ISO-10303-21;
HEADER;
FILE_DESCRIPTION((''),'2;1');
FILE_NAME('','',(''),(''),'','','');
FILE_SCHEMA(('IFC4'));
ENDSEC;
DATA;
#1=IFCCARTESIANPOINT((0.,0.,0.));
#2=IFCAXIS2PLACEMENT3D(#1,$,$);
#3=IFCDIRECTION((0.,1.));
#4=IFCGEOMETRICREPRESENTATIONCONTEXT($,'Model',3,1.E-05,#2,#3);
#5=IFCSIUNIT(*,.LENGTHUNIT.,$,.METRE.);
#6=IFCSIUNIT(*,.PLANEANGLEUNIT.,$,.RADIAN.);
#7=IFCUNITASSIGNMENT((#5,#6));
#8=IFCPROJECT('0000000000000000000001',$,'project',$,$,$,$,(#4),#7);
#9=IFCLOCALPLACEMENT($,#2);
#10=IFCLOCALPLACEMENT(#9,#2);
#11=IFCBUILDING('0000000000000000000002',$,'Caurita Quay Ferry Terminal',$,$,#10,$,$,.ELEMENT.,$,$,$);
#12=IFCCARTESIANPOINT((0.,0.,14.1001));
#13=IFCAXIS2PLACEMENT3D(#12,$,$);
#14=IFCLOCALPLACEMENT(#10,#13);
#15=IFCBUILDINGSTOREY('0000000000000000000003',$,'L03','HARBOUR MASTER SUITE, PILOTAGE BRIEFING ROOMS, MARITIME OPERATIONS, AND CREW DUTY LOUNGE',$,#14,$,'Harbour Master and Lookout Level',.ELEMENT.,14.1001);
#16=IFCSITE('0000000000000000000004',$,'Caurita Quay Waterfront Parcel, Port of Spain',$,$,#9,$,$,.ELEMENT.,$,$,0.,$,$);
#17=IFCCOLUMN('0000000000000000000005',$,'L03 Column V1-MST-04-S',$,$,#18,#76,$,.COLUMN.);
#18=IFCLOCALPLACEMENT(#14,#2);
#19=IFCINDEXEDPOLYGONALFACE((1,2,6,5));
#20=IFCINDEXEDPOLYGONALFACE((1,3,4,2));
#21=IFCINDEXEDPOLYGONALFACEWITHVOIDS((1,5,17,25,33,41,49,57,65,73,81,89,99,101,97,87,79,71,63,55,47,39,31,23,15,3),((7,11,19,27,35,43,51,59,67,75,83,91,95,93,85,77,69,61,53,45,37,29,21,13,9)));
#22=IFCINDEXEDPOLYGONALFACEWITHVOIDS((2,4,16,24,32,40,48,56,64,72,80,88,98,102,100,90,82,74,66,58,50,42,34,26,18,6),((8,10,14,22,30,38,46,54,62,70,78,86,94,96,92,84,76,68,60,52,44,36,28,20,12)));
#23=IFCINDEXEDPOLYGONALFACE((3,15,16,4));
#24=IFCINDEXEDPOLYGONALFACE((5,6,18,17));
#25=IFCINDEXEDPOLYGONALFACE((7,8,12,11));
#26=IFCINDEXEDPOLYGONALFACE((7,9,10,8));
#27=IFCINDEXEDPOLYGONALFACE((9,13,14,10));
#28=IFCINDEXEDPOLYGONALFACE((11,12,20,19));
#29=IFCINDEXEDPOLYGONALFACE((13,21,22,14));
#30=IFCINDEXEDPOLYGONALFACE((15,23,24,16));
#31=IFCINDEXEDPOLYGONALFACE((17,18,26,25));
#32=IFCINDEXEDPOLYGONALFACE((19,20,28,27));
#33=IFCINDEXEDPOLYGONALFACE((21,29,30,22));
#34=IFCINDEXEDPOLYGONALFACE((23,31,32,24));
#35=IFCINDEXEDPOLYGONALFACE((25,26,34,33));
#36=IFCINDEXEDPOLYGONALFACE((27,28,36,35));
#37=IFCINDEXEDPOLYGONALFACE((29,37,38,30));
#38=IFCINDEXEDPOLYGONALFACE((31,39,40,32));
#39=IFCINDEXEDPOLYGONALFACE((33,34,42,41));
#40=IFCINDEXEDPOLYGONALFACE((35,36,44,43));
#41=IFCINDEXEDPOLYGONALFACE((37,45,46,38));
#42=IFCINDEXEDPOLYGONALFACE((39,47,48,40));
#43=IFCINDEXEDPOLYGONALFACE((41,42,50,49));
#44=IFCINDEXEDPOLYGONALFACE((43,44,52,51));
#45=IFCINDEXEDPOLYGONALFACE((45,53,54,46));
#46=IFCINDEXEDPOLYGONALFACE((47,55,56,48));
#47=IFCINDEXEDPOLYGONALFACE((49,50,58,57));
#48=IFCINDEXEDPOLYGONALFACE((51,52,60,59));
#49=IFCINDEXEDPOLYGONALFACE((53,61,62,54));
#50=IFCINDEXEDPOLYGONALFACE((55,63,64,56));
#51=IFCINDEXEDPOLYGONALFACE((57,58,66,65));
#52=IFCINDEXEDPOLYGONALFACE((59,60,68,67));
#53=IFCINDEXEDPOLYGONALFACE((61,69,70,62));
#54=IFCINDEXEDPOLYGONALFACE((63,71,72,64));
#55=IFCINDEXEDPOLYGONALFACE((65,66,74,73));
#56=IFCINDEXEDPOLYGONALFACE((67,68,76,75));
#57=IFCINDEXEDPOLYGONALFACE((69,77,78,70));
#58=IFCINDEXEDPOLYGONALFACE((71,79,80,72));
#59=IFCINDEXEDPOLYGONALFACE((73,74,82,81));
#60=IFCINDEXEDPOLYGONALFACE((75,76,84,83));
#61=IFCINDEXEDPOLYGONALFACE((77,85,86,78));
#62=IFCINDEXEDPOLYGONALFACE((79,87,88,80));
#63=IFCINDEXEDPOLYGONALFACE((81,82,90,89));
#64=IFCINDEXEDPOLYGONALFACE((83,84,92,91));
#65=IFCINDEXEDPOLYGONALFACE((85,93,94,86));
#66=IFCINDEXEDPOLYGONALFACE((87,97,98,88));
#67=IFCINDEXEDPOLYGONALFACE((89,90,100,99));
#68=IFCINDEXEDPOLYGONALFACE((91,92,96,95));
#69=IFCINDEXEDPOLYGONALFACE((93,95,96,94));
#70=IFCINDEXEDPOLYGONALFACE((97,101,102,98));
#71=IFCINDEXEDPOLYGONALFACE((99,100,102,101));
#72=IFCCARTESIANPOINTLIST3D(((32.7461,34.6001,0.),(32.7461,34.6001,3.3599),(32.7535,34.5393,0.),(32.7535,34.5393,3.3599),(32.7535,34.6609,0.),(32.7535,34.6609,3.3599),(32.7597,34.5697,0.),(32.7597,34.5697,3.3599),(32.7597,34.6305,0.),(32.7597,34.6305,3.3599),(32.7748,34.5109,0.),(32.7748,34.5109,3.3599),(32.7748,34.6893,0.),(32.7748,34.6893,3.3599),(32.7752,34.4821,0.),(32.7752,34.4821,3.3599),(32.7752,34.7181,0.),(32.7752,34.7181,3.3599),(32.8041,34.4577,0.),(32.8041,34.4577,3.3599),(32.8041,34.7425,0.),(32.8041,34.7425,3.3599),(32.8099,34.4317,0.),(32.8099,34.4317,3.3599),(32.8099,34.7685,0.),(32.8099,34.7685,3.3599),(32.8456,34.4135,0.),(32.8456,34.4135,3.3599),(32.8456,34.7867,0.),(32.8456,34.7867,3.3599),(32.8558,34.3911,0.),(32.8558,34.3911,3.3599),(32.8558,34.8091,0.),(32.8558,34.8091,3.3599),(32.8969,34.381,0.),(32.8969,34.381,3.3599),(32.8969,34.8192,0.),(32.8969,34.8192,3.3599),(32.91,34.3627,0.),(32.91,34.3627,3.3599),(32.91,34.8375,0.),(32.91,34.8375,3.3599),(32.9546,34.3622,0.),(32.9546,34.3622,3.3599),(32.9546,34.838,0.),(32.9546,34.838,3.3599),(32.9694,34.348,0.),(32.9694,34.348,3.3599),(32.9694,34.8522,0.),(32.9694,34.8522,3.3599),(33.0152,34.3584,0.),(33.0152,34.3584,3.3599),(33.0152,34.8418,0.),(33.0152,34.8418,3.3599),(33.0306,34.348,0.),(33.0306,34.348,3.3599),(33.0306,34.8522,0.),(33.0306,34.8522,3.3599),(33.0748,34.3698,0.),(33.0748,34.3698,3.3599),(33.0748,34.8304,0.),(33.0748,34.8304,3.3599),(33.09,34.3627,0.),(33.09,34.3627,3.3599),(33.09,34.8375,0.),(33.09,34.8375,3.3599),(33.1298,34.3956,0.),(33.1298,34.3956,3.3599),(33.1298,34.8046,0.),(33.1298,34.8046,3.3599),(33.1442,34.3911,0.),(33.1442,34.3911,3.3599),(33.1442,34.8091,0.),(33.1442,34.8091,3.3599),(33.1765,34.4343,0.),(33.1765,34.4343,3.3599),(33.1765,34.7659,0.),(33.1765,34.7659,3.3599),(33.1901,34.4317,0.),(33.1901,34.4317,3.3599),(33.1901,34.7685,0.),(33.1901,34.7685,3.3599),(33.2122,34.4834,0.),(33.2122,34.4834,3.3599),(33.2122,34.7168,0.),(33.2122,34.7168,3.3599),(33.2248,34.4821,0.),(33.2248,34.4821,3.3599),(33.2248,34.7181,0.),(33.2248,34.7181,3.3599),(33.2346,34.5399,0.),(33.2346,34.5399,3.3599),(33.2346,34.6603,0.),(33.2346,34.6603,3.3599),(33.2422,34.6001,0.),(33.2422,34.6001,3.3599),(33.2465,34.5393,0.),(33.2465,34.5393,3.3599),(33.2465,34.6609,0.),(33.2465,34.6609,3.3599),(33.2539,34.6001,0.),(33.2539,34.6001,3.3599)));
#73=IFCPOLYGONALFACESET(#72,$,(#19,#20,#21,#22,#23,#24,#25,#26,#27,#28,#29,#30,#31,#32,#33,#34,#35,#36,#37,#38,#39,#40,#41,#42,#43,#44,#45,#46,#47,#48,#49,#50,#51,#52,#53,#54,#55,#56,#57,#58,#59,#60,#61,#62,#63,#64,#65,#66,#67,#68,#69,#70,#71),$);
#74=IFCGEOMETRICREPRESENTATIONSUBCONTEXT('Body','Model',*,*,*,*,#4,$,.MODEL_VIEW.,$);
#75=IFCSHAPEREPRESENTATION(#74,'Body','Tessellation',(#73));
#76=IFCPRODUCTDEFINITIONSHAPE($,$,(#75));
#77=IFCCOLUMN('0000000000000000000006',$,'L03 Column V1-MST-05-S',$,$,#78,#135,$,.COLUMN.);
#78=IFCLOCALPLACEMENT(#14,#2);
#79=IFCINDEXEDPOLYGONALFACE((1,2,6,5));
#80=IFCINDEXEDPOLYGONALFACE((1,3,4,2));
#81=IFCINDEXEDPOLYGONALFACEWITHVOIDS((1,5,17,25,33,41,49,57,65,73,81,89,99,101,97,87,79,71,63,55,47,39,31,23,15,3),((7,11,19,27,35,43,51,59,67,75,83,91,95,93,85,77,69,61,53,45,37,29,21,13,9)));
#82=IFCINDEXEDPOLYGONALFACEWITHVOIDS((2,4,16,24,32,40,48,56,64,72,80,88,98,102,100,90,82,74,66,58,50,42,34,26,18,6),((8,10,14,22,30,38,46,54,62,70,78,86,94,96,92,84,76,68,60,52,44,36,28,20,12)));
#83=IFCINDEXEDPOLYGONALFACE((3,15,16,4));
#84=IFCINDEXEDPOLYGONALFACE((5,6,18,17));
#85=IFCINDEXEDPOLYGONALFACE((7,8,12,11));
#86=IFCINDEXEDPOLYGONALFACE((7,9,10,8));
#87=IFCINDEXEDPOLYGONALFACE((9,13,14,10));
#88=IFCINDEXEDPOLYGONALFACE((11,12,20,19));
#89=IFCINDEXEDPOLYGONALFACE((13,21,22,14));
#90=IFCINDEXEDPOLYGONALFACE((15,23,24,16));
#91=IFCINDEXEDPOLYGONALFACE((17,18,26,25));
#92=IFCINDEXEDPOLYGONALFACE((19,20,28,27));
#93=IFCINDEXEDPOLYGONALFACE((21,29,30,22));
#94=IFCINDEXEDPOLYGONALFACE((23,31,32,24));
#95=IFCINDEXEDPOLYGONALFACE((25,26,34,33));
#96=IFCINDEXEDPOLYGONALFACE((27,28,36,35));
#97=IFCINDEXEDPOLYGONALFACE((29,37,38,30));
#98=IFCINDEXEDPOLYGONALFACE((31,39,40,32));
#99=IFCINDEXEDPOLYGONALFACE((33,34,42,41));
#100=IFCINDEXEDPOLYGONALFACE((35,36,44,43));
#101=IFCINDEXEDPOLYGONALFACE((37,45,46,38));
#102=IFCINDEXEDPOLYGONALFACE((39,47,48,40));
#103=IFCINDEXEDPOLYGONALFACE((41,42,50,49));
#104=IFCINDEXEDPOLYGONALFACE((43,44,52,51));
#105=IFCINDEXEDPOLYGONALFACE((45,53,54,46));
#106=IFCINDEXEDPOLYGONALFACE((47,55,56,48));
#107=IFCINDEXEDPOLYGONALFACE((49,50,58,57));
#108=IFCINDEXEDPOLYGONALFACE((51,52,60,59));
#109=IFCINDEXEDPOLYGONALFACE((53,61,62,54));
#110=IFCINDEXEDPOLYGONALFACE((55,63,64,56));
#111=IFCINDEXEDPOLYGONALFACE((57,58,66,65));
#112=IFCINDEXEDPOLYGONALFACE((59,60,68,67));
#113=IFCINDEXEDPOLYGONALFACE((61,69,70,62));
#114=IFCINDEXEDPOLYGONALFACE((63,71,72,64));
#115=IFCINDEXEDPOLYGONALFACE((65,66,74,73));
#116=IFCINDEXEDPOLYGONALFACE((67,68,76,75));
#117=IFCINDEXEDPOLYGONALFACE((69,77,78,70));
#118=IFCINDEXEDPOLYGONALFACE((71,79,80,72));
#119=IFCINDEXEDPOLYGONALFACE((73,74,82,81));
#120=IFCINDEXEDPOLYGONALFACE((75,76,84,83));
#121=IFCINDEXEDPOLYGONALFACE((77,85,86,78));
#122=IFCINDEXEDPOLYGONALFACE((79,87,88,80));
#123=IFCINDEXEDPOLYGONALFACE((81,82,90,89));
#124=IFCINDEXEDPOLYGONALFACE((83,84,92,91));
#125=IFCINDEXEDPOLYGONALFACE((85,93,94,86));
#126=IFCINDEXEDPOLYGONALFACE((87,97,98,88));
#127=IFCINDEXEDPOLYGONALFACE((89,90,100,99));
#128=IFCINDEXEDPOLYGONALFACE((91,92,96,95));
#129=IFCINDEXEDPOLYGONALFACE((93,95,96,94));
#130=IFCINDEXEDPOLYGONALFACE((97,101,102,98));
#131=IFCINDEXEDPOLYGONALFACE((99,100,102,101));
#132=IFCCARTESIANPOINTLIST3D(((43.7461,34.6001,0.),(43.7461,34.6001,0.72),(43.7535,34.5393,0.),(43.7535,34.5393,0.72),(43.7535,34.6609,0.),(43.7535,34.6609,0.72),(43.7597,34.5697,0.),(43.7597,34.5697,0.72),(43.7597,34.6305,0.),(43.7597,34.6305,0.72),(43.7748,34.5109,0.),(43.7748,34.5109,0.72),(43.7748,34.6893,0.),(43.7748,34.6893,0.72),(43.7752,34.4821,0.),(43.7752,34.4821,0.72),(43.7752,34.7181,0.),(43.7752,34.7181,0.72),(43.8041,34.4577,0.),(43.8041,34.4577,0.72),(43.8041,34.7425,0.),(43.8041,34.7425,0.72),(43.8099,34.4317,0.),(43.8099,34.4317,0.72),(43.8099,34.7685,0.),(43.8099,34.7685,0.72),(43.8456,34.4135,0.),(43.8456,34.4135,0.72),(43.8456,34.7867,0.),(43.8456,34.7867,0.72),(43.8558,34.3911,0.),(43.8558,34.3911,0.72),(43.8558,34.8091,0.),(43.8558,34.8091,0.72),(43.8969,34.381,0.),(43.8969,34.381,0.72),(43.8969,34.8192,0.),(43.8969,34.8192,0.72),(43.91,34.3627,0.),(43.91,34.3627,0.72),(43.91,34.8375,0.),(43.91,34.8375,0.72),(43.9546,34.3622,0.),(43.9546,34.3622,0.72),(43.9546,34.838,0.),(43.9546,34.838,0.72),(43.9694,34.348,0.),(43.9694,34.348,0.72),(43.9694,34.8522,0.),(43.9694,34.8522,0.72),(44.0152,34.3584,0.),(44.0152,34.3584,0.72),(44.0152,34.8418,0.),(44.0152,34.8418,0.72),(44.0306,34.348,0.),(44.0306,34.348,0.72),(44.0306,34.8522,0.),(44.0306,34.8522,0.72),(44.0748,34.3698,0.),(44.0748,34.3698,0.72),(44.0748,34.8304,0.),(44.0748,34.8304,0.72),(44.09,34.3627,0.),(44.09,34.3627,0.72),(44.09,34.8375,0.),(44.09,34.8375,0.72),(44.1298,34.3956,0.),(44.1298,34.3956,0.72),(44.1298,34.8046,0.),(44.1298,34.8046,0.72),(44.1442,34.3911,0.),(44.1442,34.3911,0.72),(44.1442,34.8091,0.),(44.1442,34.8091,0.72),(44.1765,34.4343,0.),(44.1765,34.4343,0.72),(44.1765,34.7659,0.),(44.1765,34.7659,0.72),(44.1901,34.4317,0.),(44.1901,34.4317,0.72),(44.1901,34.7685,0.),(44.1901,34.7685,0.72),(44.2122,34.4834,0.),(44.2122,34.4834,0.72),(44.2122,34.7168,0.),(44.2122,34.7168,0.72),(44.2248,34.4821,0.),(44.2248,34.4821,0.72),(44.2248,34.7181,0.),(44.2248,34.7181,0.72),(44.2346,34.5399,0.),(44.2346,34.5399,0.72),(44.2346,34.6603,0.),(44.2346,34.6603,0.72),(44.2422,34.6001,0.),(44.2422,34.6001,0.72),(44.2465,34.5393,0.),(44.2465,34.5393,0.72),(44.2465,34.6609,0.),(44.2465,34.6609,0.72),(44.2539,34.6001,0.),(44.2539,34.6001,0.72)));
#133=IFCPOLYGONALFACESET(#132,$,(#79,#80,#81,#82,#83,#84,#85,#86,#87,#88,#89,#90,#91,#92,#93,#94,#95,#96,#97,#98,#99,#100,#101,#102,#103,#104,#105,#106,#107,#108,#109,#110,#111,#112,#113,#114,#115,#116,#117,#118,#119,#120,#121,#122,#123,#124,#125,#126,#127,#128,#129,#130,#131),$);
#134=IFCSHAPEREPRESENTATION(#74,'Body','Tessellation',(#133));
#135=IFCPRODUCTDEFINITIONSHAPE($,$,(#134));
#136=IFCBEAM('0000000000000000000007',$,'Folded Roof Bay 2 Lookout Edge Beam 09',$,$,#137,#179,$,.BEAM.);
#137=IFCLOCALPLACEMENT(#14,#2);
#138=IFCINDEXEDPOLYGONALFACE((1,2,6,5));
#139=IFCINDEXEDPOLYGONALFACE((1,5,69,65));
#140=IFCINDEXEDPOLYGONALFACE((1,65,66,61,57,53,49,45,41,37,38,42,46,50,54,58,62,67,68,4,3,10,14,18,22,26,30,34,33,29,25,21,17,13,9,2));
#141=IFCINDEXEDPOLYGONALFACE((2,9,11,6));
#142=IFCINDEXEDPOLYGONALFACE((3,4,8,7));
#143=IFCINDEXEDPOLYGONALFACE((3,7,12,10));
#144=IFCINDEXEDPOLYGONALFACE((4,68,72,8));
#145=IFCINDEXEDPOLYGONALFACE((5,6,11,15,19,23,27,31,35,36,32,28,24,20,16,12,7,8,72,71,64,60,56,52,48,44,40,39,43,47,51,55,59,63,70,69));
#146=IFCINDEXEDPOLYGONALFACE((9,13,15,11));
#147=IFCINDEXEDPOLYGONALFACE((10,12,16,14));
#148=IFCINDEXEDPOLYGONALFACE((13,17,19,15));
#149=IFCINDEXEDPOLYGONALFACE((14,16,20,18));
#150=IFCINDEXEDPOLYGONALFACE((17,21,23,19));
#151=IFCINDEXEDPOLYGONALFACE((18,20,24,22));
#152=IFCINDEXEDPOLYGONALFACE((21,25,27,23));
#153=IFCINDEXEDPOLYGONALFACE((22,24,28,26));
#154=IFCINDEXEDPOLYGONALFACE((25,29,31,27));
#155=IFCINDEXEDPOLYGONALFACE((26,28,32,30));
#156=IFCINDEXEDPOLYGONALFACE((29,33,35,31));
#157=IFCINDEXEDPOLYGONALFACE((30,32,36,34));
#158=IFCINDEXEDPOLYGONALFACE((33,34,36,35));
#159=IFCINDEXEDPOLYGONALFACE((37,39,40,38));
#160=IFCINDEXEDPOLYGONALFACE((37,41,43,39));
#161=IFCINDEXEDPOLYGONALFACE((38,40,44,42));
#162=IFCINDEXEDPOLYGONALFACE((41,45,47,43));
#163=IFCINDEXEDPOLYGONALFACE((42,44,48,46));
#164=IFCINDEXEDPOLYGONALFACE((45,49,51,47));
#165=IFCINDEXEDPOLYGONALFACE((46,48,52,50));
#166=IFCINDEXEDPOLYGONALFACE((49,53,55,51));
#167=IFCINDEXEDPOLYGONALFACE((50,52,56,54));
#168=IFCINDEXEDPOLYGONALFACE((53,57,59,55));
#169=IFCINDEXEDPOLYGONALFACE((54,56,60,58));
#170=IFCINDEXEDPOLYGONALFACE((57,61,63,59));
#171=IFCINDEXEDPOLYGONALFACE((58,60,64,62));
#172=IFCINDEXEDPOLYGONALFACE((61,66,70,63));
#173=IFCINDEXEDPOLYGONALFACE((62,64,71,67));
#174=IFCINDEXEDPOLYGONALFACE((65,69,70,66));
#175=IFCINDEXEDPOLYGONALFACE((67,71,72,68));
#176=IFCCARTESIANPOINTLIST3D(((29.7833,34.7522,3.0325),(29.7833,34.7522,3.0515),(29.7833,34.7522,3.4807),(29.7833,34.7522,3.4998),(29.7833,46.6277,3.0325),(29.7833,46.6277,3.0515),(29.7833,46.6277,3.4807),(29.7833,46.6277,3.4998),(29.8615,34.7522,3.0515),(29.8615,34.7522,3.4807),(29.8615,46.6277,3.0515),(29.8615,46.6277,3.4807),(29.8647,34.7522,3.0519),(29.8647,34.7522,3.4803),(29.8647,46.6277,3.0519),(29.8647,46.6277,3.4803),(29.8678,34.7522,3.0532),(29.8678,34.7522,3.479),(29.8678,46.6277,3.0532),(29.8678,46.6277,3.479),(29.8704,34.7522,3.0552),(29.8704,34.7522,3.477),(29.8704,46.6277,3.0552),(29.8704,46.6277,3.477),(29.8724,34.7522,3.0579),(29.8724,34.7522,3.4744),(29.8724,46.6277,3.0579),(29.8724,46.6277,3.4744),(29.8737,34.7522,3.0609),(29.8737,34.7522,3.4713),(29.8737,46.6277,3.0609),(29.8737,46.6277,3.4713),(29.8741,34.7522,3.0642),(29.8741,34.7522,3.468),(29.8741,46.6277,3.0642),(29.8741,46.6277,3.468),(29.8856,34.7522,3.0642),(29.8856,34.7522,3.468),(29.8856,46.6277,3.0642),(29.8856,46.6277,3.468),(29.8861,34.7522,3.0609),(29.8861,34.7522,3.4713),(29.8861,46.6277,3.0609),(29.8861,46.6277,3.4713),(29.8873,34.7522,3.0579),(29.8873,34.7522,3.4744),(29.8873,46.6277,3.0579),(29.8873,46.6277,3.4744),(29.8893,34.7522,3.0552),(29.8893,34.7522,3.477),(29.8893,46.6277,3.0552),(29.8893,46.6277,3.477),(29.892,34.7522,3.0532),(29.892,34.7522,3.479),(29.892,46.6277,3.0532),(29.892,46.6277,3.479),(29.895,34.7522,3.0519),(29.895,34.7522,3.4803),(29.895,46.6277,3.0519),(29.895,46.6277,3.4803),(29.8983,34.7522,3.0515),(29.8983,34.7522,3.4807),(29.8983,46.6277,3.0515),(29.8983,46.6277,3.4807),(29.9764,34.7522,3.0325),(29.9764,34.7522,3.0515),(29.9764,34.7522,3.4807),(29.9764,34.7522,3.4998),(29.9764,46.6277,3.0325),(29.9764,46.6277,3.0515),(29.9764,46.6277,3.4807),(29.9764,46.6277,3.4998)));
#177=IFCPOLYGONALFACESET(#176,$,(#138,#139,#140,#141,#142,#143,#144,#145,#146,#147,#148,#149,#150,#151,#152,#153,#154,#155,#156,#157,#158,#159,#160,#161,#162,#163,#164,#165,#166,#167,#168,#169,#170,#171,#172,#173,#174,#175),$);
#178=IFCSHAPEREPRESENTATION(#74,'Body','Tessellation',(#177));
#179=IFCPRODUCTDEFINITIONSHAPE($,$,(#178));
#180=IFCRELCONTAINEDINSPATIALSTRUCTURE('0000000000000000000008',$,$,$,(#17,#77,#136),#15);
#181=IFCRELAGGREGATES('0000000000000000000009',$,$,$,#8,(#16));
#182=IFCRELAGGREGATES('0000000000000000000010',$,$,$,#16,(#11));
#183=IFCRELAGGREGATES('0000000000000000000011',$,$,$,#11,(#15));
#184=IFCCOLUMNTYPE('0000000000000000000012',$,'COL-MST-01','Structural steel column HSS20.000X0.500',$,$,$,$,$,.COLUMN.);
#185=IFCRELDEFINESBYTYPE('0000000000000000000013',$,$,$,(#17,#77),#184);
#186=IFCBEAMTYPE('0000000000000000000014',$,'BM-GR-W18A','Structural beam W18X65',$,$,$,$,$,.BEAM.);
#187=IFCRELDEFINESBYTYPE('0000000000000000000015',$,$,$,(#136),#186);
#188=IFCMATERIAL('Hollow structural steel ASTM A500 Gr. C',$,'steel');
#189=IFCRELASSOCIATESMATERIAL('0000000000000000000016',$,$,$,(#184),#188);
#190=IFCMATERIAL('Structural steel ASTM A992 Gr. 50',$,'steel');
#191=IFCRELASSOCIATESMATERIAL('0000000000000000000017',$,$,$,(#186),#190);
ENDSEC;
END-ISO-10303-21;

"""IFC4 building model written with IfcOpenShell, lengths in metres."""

from ifc_helpers import new_model, si_unit, direction, frame, origin, origin_2d, place, context, subcontext, project, spatial, hollow_circle, i_section, extrude, material, material_profile, profile_set, type_object, element, save


model = new_model("IFC4")

# Units and contexts
model_context = context("Model", 3, precision=1e-05, world=origin(), true_north=direction((0.0, 1.0)))
body_context = subcontext(model_context, "Body", "Model", "MODEL_VIEW")
ifc_project = project(units=[si_unit("LENGTHUNIT", "METRE"), si_unit("PLANEANGLEUNIT", "RADIAN")], contexts=[model_context])

# Site, building, storey
site_placement = place(None, origin())
site = spatial("IfcSite", under=ifc_project, at=site_placement, Name="Caurita Quay Waterfront Parcel, Port of Spain", CompositionType="ELEMENT", RefElevation=0.0)
building_placement = place(site_placement, origin())
building = spatial("IfcBuilding", under=site, at=building_placement, Name="Caurita Quay Ferry Terminal", CompositionType="ELEMENT")
storey_placement = place(building_placement, frame((0.0, 0.0, 14.1001)))
storey = spatial("IfcBuildingStorey", under=building, at=storey_placement, Name="L03", Description="HARBOUR MASTER SUITE, PILOTAGE BRIEFING ROOMS, MARITIME OPERATIONS, AND CREW DUTY LOUNGE", LongName="Harbour Master and Lookout Level", CompositionType="ELEMENT", Elevation=14.1001)

# Columns
ifc_material_1 = material(Name="Hollow structural steel ASTM A500 Gr. C", Category="steel")
ifc_material_profile_1 = material_profile(ifc_material_1, hollow_circle(Radius=0.2539, WallThickness=0.0117, at=origin_2d()), Name="HSS20.000X0.500")
ifc_profile_set_1 = profile_set([ifc_material_profile_1], Name="Hollow structural steel ASTM A500 Gr. C")
column_type = type_object("IfcColumnType", Name="COL-MST-01", Description="Structural steel column HSS20.000X0.500", PredefinedType="COLUMN", material=ifc_profile_set_1)
column_1_placement = place(storey_placement, frame((33.0, 34.6001, 0.0), z_axis=(0.0, 0.0, 1.0), x_axis=(1.0, 0.0, 0.0)))
element("IfcColumn", 1, at=column_1_placement, inside=storey, type_object=column_type, Name="L03 Column V1-MST-04-S", PredefinedType="COLUMN", context=body_context, shape_type="SweptSolid", body=[
    extrude(hollow_circle(Radius=0.2539, WallThickness=0.0117, at=origin_2d()), origin(), (0.0, 0.0, 1.0), 3.3599),
])
column_2_placement = place(storey_placement, frame((44.0, 34.6001, 0.0), z_axis=(0.0, 0.0, 1.0), x_axis=(1.0, 0.0, 0.0)))
element("IfcColumn", 2, at=column_2_placement, inside=storey, type_object=column_type, Name="L03 Column V1-MST-05-S", PredefinedType="COLUMN", context=body_context, shape_type="SweptSolid", body=[
    extrude(hollow_circle(Radius=0.2539, WallThickness=0.0117, at=origin_2d()), origin(), (0.0, 0.0, 1.0), 0.72),
])

# Beam
ifc_material_2 = material(Name="Structural steel ASTM A992 Gr. 50", Category="steel")
ifc_material_profile_2 = material_profile(ifc_material_2, i_section(OverallWidth=0.1931, OverallDepth=0.4673, WebThickness=0.0115, FlangeThickness=0.019, FilletRadius=0.0127, at=origin_2d()), Name="W18X65")
ifc_profile_set_2 = profile_set([ifc_material_profile_2], Name="Structural steel ASTM A992 Gr. 50")
beam_type_1 = type_object("IfcBeamType", Name="BM-GR-W18A", Description="Structural beam W18X65", PredefinedType="BEAM", material=ifc_profile_set_2)
for number, where, z_axis, x_axis, name in (
    (3, (29.8799, 46.6277, 3.2661), (0.0, -1.0, 0.0), (1.0, 0.0, 0.0), "Folded Roof Bay 2 Lookout Edge Beam 09"),
):
    element("IfcBeam", number, at=place(storey_placement, frame(where, z_axis=z_axis, x_axis=x_axis)), inside=storey, type_object=beam_type_1, Name=name, PredefinedType="BEAM", context=body_context, shape_type="SweptSolid", body=[
        extrude(i_section(OverallWidth=0.1931, OverallDepth=0.4673, WebThickness=0.0115, FlangeThickness=0.019, FilletRadius=0.0127, at=origin_2d()), origin(), (0.0, 0.0, 1.0), 11.8755),
    ])

save(model, "model.ifc")
